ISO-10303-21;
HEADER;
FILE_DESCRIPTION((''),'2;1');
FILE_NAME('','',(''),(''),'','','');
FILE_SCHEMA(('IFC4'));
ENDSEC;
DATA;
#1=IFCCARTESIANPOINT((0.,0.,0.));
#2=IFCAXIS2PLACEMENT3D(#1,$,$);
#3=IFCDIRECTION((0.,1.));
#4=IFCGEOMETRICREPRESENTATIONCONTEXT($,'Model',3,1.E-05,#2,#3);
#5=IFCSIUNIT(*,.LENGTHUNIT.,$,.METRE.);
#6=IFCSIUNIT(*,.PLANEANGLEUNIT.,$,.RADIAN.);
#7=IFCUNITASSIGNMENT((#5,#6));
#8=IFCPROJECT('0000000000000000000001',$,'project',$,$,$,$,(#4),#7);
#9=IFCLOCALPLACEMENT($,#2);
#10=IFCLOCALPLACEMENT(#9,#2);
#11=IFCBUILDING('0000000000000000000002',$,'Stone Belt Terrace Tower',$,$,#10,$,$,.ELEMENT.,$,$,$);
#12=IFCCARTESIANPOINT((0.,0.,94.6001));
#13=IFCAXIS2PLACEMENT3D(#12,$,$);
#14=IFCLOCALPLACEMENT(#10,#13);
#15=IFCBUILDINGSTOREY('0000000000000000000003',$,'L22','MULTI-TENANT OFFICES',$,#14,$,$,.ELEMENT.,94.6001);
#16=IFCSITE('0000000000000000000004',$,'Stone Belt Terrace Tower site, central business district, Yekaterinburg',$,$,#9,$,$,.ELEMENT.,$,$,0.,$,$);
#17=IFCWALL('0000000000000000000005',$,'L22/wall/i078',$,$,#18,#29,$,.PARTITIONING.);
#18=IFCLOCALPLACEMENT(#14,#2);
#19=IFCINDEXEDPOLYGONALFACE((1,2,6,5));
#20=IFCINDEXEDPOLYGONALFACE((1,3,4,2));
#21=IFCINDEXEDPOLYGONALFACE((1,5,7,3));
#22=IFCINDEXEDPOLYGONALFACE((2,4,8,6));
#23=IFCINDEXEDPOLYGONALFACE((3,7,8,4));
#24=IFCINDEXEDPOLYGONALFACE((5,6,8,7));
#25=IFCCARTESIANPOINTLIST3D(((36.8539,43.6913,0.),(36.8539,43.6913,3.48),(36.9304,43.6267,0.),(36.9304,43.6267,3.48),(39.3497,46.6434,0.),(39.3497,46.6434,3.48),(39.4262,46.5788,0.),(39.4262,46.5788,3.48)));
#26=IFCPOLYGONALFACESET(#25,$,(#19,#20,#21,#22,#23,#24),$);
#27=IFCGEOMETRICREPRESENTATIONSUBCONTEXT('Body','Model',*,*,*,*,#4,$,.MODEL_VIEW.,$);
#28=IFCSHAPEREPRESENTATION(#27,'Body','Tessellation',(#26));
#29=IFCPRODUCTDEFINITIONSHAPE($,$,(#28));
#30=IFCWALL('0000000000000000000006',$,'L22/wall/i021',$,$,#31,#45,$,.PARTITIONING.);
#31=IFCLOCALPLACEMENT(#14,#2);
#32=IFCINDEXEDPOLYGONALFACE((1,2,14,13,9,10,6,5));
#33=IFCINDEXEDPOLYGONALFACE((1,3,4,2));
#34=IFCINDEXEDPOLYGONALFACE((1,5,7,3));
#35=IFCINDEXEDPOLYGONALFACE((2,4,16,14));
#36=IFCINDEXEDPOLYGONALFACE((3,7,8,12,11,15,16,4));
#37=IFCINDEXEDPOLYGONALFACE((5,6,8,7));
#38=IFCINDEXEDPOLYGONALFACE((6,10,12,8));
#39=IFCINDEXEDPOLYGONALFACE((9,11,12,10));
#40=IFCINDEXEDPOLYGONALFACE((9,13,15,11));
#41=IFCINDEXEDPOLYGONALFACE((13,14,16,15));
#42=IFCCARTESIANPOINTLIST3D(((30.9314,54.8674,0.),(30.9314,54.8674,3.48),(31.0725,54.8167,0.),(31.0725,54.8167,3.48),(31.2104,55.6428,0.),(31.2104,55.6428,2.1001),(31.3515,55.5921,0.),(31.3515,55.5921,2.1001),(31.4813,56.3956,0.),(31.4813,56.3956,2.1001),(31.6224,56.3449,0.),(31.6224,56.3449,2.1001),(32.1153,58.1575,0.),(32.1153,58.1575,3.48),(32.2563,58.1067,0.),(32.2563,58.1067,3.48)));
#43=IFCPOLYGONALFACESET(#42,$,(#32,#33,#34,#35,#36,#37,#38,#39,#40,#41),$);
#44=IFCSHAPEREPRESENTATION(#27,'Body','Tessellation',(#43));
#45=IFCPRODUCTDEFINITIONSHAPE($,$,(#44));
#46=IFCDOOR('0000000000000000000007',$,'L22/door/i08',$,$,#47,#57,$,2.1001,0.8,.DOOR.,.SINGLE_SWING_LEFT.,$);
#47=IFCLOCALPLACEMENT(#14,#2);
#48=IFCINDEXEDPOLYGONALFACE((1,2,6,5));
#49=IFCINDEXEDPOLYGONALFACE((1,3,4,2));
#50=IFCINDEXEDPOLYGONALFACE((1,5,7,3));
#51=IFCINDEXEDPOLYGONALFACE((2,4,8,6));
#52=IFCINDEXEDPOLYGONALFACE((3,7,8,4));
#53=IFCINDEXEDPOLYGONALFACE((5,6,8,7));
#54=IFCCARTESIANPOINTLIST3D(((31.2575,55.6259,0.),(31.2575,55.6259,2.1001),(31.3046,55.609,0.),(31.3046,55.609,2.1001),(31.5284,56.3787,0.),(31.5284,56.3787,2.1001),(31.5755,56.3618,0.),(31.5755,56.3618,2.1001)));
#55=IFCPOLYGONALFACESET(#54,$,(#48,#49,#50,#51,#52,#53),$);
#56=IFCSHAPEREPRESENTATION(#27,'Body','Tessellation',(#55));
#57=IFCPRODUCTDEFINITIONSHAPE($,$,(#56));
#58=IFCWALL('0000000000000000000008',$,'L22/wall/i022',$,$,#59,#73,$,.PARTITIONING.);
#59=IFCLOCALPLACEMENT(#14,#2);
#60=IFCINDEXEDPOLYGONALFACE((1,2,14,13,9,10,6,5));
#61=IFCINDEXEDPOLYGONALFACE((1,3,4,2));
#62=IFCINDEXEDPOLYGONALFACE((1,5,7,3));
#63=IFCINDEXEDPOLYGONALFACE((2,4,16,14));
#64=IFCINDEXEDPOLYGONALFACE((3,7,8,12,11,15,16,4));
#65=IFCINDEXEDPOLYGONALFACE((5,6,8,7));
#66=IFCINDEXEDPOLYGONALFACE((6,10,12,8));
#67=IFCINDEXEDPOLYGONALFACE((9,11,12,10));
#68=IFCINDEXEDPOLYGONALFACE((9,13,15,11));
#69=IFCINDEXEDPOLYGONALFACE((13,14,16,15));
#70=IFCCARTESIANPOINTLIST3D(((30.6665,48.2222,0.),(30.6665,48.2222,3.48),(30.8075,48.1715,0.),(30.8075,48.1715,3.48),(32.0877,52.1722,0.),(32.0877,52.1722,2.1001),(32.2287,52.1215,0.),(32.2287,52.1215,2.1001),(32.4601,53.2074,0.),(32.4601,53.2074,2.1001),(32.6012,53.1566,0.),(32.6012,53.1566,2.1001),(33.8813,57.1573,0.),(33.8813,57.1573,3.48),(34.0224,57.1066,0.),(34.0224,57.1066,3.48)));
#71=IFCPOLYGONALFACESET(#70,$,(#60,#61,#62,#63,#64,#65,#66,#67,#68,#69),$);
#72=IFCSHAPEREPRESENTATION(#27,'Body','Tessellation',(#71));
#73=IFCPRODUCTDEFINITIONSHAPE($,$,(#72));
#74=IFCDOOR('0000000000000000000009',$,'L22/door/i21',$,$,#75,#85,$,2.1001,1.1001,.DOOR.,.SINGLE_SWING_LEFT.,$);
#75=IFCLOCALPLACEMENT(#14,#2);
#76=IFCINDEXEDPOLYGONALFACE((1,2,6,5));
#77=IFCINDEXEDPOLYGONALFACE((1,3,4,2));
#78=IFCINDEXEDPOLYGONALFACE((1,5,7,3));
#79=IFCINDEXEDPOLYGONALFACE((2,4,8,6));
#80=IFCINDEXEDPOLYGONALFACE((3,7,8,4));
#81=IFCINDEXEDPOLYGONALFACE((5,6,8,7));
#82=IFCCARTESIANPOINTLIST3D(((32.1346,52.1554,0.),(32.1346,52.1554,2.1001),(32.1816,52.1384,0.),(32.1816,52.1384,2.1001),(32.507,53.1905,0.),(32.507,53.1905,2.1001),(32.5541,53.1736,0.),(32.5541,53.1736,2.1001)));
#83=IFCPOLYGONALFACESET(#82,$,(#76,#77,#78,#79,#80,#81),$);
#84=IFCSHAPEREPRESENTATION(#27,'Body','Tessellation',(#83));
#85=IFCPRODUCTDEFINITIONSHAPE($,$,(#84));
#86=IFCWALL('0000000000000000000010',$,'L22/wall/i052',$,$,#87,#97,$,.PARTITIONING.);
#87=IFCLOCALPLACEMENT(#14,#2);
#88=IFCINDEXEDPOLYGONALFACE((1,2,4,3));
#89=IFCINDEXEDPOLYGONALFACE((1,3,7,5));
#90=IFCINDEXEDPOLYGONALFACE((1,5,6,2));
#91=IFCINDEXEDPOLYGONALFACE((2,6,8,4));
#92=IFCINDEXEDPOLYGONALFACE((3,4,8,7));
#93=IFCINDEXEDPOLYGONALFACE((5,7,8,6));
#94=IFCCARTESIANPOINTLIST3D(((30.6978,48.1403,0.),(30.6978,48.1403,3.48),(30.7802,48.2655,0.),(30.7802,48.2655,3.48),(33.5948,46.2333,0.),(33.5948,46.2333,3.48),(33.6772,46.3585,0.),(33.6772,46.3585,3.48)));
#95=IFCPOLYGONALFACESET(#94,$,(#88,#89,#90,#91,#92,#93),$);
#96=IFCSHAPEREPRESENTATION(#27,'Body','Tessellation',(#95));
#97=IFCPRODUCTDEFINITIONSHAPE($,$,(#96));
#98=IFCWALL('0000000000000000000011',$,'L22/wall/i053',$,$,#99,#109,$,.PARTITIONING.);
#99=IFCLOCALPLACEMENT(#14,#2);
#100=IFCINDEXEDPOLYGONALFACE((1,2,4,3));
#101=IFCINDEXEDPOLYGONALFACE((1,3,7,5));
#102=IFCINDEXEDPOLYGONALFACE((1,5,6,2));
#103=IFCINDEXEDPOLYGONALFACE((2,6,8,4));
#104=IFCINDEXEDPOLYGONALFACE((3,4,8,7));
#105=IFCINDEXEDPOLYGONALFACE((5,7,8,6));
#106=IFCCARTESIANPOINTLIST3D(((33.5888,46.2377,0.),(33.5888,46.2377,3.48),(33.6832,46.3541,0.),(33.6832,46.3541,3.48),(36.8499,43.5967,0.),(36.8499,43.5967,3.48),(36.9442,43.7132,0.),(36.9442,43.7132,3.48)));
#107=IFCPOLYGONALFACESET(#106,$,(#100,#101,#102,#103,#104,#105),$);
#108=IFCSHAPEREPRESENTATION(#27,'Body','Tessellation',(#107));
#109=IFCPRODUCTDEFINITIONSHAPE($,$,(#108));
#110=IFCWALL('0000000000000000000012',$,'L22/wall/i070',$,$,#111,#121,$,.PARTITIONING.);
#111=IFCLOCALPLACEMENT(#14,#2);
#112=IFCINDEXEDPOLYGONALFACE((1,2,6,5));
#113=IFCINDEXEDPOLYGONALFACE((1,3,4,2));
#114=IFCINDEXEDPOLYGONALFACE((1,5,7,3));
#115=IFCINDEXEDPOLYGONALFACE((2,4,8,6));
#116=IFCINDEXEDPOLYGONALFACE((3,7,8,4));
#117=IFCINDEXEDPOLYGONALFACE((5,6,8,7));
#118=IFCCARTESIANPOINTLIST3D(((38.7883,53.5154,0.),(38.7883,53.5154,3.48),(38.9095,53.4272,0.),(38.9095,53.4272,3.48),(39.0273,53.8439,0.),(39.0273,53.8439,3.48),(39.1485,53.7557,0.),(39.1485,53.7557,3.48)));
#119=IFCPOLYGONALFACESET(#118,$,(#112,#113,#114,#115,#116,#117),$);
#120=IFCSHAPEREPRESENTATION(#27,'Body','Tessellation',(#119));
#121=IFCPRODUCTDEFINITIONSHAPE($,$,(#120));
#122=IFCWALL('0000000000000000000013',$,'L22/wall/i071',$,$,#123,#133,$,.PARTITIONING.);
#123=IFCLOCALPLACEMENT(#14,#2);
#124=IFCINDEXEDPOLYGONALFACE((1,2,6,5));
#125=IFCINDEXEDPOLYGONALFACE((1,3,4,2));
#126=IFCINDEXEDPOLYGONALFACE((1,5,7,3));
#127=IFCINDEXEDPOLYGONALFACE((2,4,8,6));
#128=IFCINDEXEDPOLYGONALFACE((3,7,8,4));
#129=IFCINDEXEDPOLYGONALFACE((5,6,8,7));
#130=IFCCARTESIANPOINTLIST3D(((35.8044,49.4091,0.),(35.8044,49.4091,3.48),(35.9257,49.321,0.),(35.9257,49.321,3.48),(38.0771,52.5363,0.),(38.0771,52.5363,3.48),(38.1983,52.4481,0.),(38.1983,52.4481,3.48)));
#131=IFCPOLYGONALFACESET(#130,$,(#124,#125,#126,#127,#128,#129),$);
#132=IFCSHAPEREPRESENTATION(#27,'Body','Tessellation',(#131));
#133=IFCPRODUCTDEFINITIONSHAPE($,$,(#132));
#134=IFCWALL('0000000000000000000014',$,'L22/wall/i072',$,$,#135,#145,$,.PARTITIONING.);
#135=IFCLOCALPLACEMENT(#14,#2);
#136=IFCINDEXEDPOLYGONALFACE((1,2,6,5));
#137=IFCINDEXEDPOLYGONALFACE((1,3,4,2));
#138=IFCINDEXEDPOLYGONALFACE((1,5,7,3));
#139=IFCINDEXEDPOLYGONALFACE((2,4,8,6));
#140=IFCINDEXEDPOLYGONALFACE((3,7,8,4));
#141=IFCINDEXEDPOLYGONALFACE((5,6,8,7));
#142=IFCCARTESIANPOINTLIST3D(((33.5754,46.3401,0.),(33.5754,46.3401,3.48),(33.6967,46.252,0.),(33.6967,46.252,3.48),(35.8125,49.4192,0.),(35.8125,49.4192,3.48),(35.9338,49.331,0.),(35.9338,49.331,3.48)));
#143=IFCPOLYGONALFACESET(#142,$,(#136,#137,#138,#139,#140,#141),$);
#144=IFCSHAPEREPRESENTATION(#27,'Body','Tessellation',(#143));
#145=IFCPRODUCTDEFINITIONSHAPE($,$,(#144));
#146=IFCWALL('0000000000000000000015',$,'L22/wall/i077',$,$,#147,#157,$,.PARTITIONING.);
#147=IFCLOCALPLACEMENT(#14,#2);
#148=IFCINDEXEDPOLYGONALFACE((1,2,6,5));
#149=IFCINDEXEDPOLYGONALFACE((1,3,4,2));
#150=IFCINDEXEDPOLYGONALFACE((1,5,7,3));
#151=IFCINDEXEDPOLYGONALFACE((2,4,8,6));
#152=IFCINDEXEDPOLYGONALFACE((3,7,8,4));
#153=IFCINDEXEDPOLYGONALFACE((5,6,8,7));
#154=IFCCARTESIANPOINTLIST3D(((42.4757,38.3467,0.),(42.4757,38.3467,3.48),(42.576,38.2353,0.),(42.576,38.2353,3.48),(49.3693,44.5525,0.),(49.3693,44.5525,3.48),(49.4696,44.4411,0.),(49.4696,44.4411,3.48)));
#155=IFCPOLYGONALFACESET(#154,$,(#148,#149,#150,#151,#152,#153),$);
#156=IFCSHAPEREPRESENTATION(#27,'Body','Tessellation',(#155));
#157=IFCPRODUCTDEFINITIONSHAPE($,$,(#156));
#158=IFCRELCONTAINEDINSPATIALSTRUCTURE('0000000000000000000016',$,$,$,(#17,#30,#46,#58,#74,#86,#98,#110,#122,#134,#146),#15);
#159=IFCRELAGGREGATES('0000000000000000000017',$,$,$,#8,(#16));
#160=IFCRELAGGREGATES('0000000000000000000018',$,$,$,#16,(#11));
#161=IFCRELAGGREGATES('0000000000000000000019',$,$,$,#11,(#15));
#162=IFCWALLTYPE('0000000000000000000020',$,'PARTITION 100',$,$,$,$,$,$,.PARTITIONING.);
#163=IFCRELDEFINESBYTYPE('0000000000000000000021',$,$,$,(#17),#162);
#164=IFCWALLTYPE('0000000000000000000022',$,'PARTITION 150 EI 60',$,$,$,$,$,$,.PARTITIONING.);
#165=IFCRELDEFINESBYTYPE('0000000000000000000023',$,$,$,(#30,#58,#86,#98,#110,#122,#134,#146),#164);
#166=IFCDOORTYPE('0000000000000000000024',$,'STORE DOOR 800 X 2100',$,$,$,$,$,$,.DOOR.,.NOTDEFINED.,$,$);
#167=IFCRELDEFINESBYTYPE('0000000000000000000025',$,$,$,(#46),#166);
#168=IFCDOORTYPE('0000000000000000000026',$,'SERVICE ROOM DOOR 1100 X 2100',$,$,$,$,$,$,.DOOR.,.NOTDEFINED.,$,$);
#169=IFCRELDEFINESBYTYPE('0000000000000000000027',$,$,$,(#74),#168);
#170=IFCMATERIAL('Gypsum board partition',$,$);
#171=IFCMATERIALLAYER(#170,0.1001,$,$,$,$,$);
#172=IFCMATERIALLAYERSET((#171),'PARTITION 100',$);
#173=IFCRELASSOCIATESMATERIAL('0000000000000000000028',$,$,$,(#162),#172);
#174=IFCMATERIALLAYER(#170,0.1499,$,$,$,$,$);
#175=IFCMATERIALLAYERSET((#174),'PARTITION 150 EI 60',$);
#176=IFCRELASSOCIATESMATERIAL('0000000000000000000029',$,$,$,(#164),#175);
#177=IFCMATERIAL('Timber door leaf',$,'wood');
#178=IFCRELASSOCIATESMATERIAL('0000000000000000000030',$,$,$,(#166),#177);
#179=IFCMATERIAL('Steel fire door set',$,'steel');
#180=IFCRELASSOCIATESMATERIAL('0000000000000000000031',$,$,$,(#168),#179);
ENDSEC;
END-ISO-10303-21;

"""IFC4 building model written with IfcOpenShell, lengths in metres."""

from ifc_helpers import new_model, si_unit, direction, frame, frame_2d, origin, place, context, subcontext, project, spatial, rectangle, extrude, material, layer, layer_set, type_object, element, fill, save


model = new_model("IFC4")

# Units and contexts
model_context = context("Model", 3, precision=1e-05, world=origin(), true_north=direction((0.0, 1.0)))
body_context = subcontext(model_context, "Body", "Model", "MODEL_VIEW")
ifc_project = project(units=[si_unit("LENGTHUNIT", "METRE"), si_unit("PLANEANGLEUNIT", "RADIAN")], contexts=[model_context])

# Site, building, storey
site_placement = place(None, origin())
site = spatial("IfcSite", under=ifc_project, at=site_placement, Name="Stone Belt Terrace Tower site, central business district, Yekaterinburg", CompositionType="ELEMENT", RefElevation=0.0)
building_placement = place(site_placement, origin())
building = spatial("IfcBuilding", under=site, at=building_placement, Name="Stone Belt Terrace Tower", CompositionType="ELEMENT")
storey_placement = place(building_placement, frame((0.0, 0.0, 94.6001)))
storey = spatial("IfcBuildingStorey", under=building, at=storey_placement, Name="L22", Description="MULTI-TENANT OFFICES", CompositionType="ELEMENT", Elevation=94.6001)

# Shared definitions
ifc_material_1 = material(Name="Gypsum board partition")
ifc_layer_1 = layer(ifc_material_1, 0.1001)
ifc_layer_set_1 = layer_set([ifc_layer_1], Name="PARTITION 100")
wall_type_1 = type_object("IfcWallType", Name="PARTITION 100", PredefinedType="PARTITIONING", material=ifc_layer_set_1)
ifc_material_2 = material(Name="Timber door leaf", Category="wood")

# Wall
wall_1_placement = place(storey_placement, frame((39.3879, 46.6111, 0.0), z_axis=(0.0, 0.0, 1.0), x_axis=(-0.645622, -0.763657, 0.0)))
element("IfcWall", 1, at=wall_1_placement, inside=storey, type_object=wall_type_1, Name="L22/wall/i078", PredefinedType="PARTITIONING", context=body_context, shape_type="SweptSolid", body=[
    extrude(rectangle(XDim=3.8657, YDim=0.1001, at=frame_2d((1.9329, 0.0))), origin(), (0.0, 0.0, 1.0), 3.48),
])

# Walls, openings, doors
ifc_layer_2 = layer(ifc_material_1, 0.1499)
ifc_layer_set_2 = layer_set([ifc_layer_2], Name="PARTITION 150 EI 60")
wall_type_2 = type_object("IfcWallType", Name="PARTITION 150 EI 60", PredefinedType="PARTITIONING", material=ifc_layer_set_2)
wall_2_placement = place(storey_placement, frame((31.002, 54.842, 0.0), z_axis=(0.0, 0.0, 1.0), x_axis=(0.338574, 0.94094, 0.0)))
wall_2 = element("IfcWall", 2, at=wall_2_placement, inside=storey, type_object=wall_type_2, Name="L22/wall/i021", PredefinedType="PARTITIONING", context=body_context, shape_type="SweptSolid", body=[
    extrude(rectangle(XDim=3.4966, YDim=0.1499, at=frame_2d((1.7483, 0.0))), origin(), (0.0, 0.0, 1.0), 3.48),
])
opening_1_placement = place(wall_2_placement, frame((0.8242, 0.0, 0.0)))
opening_1 = element("IfcOpeningElement", 3, at=opening_1_placement, cuts=wall_2, PredefinedType="OPENING", context=body_context, shape_type="SweptSolid", body=[
    extrude(rectangle(XDim=0.8, YDim=2.1001, at=frame_2d((0.3999, 1.05))), frame((0.0, 0.085, 0.0), z_axis=(0.0, -1.0, 0.0), x_axis=(1.0, 0.0, 0.0)), (0.0, 0.0, 1.0), 0.1699),
])
door_type_1 = type_object("IfcDoorType", Name="STORE DOOR 800 X 2100", OperationType="NOTDEFINED", PredefinedType="DOOR", material=ifc_material_2)
door_1_placement = place(opening_1_placement, origin())
door_1 = element("IfcDoor", 4, at=door_1_placement, inside=storey, type_object=door_type_1, Name="L22/door/i08", OperationType="SINGLE_SWING_LEFT", OverallHeight=2.1001, OverallWidth=0.8, PredefinedType="DOOR", context=body_context, shape_type="SweptSolid", body=[
    extrude(rectangle(XDim=0.8, YDim=2.1001, at=frame_2d((0.3999, 1.05))), frame((0.0, 0.0249, 0.0), z_axis=(0.0, -1.0, 0.0), x_axis=(1.0, 0.0, 0.0)), (0.0, 0.0, 1.0), 0.05),
])
fill(opening_1, door_1)
wall_3_placement = place(storey_placement, frame((33.9519, 57.1321, 0.0), z_axis=(0.0, 0.0, 1.0), x_axis=(-0.338554, -0.940947, 0.0)))
wall_3 = element("IfcWall", 5, at=wall_3_placement, inside=storey, type_object=wall_type_2, Name="L22/wall/i022", PredefinedType="PARTITIONING", context=body_context, shape_type="SweptSolid", body=[
    extrude(rectangle(XDim=9.4958, YDim=0.1499, at=frame_2d((4.748, 0.0))), origin(), (0.0, 0.0, 1.0), 3.48),
])
opening_2_placement = place(wall_3_placement, frame((4.198, 0.0, 0.0)))
opening_2 = element("IfcOpeningElement", 6, at=opening_2_placement, cuts=wall_3, PredefinedType="OPENING", context=body_context, shape_type="SweptSolid", body=[
    extrude(rectangle(XDim=1.1001, YDim=2.1001, at=frame_2d((0.55, 1.05))), frame((0.0, 0.085, 0.0), z_axis=(0.0, -1.0, 0.0), x_axis=(1.0, 0.0, 0.0)), (0.0, 0.0, 1.0), 0.1699),
])
ifc_material_3 = material(Name="Steel fire door set", Category="steel")
door_type_2 = type_object("IfcDoorType", Name="SERVICE ROOM DOOR 1100 X 2100", OperationType="NOTDEFINED", PredefinedType="DOOR", material=ifc_material_3)
door_2_placement = place(opening_2_placement, origin())
door_2 = element("IfcDoor", 7, at=door_2_placement, inside=storey, type_object=door_type_2, Name="L22/door/i21", OperationType="SINGLE_SWING_LEFT", OverallHeight=2.1001, OverallWidth=1.1001, PredefinedType="DOOR", context=body_context, shape_type="SweptSolid", body=[
    extrude(rectangle(XDim=1.1001, YDim=2.1001, at=frame_2d((0.55, 1.05))), frame((0.0, 0.0249, 0.0), z_axis=(0.0, -1.0, 0.0), x_axis=(1.0, 0.0, 0.0)), (0.0, 0.0, 1.0), 0.05),
])
fill(opening_2, door_2)

# Walls
wall_4_placement = place(storey_placement, frame((30.739, 48.2029, 0.0), z_axis=(0.0, 0.0, 1.0), x_axis=(0.835274, -0.549834, 0.0)))
element("IfcWall", 8, at=wall_4_placement, inside=storey, type_object=wall_type_2, Name="L22/wall/i052", PredefinedType="PARTITIONING", context=body_context, shape_type="SweptSolid", body=[
    extrude(rectangle(XDim=3.4683, YDim=0.1499, at=frame_2d((1.7341, 0.0))), origin(), (0.0, 0.0, 1.0), 3.48),
])
wall_5_placement = place(storey_placement, frame((33.636, 46.2959, 0.0), z_axis=(0.0, 0.0, 1.0), x_axis=(0.777126, -0.629346, 0.0)))
element("IfcWall", 9, at=wall_5_placement, inside=storey, type_object=wall_type_2, Name="L22/wall/i053", PredefinedType="PARTITIONING", context=body_context, shape_type="SweptSolid", body=[
    extrude(rectangle(XDim=4.1963, YDim=0.1499, at=frame_2d((2.0981, 0.0))), origin(), (0.0, 0.0, 1.0), 3.48),
])
wall_6_placement = place(storey_placement, frame((39.0879, 53.7998, 0.0), z_axis=(0.0, 0.0, 1.0), x_axis=(-0.588207, -0.80871, 0.0)))
element("IfcWall", 10, at=wall_6_placement, inside=storey, type_object=wall_type_2, Name="L22/wall/i070", PredefinedType="PARTITIONING", context=body_context, shape_type="SweptSolid", body=[
    extrude(rectangle(XDim=0.4062, YDim=0.1499, at=frame_2d((0.2031, 0.0))), origin(), (0.0, 0.0, 1.0), 3.48),
])
wall_7_placement = place(storey_placement, frame((38.1377, 52.4922, 0.0), z_axis=(0.0, 0.0, 1.0), x_axis=(-0.587898, -0.808935, 0.0)))
element("IfcWall", 11, at=wall_7_placement, inside=storey, type_object=wall_type_2, Name="L22/wall/i071", PredefinedType="PARTITIONING", context=body_context, shape_type="SweptSolid", body=[
    extrude(rectangle(XDim=3.8657, YDim=0.1499, at=frame_2d((1.9329, 0.0))), origin(), (0.0, 0.0, 1.0), 3.48),
])
wall_8_placement = place(storey_placement, frame((35.873, 49.375, 0.0), z_axis=(0.0, 0.0, 1.0), x_axis=(-0.587779, -0.809022, 0.0)))
element("IfcWall", 12, at=wall_8_placement, inside=storey, type_object=wall_type_2, Name="L22/wall/i072", PredefinedType="PARTITIONING", context=body_context, shape_type="SweptSolid", body=[
    extrude(rectangle(XDim=3.8059, YDim=0.1499, at=frame_2d((1.9028, 0.0))), origin(), (0.0, 0.0, 1.0), 3.48),
])
wall_9_placement = place(storey_placement, frame((49.4194, 44.4968, 0.0), z_axis=(0.0, 0.0, 1.0), x_axis=(-0.743208, -0.669061, 0.0)))
element("IfcWall", 13, at=wall_9_placement, inside=storey, type_object=wall_type_2, Name="L22/wall/i077", PredefinedType="PARTITIONING", context=body_context, shape_type="SweptSolid", body=[
    extrude(rectangle(XDim=9.2754, YDim=0.1499, at=frame_2d((4.6377, 0.0))), origin(), (0.0, 0.0, 1.0), 3.48),
])

save(model, "model.ifc")
